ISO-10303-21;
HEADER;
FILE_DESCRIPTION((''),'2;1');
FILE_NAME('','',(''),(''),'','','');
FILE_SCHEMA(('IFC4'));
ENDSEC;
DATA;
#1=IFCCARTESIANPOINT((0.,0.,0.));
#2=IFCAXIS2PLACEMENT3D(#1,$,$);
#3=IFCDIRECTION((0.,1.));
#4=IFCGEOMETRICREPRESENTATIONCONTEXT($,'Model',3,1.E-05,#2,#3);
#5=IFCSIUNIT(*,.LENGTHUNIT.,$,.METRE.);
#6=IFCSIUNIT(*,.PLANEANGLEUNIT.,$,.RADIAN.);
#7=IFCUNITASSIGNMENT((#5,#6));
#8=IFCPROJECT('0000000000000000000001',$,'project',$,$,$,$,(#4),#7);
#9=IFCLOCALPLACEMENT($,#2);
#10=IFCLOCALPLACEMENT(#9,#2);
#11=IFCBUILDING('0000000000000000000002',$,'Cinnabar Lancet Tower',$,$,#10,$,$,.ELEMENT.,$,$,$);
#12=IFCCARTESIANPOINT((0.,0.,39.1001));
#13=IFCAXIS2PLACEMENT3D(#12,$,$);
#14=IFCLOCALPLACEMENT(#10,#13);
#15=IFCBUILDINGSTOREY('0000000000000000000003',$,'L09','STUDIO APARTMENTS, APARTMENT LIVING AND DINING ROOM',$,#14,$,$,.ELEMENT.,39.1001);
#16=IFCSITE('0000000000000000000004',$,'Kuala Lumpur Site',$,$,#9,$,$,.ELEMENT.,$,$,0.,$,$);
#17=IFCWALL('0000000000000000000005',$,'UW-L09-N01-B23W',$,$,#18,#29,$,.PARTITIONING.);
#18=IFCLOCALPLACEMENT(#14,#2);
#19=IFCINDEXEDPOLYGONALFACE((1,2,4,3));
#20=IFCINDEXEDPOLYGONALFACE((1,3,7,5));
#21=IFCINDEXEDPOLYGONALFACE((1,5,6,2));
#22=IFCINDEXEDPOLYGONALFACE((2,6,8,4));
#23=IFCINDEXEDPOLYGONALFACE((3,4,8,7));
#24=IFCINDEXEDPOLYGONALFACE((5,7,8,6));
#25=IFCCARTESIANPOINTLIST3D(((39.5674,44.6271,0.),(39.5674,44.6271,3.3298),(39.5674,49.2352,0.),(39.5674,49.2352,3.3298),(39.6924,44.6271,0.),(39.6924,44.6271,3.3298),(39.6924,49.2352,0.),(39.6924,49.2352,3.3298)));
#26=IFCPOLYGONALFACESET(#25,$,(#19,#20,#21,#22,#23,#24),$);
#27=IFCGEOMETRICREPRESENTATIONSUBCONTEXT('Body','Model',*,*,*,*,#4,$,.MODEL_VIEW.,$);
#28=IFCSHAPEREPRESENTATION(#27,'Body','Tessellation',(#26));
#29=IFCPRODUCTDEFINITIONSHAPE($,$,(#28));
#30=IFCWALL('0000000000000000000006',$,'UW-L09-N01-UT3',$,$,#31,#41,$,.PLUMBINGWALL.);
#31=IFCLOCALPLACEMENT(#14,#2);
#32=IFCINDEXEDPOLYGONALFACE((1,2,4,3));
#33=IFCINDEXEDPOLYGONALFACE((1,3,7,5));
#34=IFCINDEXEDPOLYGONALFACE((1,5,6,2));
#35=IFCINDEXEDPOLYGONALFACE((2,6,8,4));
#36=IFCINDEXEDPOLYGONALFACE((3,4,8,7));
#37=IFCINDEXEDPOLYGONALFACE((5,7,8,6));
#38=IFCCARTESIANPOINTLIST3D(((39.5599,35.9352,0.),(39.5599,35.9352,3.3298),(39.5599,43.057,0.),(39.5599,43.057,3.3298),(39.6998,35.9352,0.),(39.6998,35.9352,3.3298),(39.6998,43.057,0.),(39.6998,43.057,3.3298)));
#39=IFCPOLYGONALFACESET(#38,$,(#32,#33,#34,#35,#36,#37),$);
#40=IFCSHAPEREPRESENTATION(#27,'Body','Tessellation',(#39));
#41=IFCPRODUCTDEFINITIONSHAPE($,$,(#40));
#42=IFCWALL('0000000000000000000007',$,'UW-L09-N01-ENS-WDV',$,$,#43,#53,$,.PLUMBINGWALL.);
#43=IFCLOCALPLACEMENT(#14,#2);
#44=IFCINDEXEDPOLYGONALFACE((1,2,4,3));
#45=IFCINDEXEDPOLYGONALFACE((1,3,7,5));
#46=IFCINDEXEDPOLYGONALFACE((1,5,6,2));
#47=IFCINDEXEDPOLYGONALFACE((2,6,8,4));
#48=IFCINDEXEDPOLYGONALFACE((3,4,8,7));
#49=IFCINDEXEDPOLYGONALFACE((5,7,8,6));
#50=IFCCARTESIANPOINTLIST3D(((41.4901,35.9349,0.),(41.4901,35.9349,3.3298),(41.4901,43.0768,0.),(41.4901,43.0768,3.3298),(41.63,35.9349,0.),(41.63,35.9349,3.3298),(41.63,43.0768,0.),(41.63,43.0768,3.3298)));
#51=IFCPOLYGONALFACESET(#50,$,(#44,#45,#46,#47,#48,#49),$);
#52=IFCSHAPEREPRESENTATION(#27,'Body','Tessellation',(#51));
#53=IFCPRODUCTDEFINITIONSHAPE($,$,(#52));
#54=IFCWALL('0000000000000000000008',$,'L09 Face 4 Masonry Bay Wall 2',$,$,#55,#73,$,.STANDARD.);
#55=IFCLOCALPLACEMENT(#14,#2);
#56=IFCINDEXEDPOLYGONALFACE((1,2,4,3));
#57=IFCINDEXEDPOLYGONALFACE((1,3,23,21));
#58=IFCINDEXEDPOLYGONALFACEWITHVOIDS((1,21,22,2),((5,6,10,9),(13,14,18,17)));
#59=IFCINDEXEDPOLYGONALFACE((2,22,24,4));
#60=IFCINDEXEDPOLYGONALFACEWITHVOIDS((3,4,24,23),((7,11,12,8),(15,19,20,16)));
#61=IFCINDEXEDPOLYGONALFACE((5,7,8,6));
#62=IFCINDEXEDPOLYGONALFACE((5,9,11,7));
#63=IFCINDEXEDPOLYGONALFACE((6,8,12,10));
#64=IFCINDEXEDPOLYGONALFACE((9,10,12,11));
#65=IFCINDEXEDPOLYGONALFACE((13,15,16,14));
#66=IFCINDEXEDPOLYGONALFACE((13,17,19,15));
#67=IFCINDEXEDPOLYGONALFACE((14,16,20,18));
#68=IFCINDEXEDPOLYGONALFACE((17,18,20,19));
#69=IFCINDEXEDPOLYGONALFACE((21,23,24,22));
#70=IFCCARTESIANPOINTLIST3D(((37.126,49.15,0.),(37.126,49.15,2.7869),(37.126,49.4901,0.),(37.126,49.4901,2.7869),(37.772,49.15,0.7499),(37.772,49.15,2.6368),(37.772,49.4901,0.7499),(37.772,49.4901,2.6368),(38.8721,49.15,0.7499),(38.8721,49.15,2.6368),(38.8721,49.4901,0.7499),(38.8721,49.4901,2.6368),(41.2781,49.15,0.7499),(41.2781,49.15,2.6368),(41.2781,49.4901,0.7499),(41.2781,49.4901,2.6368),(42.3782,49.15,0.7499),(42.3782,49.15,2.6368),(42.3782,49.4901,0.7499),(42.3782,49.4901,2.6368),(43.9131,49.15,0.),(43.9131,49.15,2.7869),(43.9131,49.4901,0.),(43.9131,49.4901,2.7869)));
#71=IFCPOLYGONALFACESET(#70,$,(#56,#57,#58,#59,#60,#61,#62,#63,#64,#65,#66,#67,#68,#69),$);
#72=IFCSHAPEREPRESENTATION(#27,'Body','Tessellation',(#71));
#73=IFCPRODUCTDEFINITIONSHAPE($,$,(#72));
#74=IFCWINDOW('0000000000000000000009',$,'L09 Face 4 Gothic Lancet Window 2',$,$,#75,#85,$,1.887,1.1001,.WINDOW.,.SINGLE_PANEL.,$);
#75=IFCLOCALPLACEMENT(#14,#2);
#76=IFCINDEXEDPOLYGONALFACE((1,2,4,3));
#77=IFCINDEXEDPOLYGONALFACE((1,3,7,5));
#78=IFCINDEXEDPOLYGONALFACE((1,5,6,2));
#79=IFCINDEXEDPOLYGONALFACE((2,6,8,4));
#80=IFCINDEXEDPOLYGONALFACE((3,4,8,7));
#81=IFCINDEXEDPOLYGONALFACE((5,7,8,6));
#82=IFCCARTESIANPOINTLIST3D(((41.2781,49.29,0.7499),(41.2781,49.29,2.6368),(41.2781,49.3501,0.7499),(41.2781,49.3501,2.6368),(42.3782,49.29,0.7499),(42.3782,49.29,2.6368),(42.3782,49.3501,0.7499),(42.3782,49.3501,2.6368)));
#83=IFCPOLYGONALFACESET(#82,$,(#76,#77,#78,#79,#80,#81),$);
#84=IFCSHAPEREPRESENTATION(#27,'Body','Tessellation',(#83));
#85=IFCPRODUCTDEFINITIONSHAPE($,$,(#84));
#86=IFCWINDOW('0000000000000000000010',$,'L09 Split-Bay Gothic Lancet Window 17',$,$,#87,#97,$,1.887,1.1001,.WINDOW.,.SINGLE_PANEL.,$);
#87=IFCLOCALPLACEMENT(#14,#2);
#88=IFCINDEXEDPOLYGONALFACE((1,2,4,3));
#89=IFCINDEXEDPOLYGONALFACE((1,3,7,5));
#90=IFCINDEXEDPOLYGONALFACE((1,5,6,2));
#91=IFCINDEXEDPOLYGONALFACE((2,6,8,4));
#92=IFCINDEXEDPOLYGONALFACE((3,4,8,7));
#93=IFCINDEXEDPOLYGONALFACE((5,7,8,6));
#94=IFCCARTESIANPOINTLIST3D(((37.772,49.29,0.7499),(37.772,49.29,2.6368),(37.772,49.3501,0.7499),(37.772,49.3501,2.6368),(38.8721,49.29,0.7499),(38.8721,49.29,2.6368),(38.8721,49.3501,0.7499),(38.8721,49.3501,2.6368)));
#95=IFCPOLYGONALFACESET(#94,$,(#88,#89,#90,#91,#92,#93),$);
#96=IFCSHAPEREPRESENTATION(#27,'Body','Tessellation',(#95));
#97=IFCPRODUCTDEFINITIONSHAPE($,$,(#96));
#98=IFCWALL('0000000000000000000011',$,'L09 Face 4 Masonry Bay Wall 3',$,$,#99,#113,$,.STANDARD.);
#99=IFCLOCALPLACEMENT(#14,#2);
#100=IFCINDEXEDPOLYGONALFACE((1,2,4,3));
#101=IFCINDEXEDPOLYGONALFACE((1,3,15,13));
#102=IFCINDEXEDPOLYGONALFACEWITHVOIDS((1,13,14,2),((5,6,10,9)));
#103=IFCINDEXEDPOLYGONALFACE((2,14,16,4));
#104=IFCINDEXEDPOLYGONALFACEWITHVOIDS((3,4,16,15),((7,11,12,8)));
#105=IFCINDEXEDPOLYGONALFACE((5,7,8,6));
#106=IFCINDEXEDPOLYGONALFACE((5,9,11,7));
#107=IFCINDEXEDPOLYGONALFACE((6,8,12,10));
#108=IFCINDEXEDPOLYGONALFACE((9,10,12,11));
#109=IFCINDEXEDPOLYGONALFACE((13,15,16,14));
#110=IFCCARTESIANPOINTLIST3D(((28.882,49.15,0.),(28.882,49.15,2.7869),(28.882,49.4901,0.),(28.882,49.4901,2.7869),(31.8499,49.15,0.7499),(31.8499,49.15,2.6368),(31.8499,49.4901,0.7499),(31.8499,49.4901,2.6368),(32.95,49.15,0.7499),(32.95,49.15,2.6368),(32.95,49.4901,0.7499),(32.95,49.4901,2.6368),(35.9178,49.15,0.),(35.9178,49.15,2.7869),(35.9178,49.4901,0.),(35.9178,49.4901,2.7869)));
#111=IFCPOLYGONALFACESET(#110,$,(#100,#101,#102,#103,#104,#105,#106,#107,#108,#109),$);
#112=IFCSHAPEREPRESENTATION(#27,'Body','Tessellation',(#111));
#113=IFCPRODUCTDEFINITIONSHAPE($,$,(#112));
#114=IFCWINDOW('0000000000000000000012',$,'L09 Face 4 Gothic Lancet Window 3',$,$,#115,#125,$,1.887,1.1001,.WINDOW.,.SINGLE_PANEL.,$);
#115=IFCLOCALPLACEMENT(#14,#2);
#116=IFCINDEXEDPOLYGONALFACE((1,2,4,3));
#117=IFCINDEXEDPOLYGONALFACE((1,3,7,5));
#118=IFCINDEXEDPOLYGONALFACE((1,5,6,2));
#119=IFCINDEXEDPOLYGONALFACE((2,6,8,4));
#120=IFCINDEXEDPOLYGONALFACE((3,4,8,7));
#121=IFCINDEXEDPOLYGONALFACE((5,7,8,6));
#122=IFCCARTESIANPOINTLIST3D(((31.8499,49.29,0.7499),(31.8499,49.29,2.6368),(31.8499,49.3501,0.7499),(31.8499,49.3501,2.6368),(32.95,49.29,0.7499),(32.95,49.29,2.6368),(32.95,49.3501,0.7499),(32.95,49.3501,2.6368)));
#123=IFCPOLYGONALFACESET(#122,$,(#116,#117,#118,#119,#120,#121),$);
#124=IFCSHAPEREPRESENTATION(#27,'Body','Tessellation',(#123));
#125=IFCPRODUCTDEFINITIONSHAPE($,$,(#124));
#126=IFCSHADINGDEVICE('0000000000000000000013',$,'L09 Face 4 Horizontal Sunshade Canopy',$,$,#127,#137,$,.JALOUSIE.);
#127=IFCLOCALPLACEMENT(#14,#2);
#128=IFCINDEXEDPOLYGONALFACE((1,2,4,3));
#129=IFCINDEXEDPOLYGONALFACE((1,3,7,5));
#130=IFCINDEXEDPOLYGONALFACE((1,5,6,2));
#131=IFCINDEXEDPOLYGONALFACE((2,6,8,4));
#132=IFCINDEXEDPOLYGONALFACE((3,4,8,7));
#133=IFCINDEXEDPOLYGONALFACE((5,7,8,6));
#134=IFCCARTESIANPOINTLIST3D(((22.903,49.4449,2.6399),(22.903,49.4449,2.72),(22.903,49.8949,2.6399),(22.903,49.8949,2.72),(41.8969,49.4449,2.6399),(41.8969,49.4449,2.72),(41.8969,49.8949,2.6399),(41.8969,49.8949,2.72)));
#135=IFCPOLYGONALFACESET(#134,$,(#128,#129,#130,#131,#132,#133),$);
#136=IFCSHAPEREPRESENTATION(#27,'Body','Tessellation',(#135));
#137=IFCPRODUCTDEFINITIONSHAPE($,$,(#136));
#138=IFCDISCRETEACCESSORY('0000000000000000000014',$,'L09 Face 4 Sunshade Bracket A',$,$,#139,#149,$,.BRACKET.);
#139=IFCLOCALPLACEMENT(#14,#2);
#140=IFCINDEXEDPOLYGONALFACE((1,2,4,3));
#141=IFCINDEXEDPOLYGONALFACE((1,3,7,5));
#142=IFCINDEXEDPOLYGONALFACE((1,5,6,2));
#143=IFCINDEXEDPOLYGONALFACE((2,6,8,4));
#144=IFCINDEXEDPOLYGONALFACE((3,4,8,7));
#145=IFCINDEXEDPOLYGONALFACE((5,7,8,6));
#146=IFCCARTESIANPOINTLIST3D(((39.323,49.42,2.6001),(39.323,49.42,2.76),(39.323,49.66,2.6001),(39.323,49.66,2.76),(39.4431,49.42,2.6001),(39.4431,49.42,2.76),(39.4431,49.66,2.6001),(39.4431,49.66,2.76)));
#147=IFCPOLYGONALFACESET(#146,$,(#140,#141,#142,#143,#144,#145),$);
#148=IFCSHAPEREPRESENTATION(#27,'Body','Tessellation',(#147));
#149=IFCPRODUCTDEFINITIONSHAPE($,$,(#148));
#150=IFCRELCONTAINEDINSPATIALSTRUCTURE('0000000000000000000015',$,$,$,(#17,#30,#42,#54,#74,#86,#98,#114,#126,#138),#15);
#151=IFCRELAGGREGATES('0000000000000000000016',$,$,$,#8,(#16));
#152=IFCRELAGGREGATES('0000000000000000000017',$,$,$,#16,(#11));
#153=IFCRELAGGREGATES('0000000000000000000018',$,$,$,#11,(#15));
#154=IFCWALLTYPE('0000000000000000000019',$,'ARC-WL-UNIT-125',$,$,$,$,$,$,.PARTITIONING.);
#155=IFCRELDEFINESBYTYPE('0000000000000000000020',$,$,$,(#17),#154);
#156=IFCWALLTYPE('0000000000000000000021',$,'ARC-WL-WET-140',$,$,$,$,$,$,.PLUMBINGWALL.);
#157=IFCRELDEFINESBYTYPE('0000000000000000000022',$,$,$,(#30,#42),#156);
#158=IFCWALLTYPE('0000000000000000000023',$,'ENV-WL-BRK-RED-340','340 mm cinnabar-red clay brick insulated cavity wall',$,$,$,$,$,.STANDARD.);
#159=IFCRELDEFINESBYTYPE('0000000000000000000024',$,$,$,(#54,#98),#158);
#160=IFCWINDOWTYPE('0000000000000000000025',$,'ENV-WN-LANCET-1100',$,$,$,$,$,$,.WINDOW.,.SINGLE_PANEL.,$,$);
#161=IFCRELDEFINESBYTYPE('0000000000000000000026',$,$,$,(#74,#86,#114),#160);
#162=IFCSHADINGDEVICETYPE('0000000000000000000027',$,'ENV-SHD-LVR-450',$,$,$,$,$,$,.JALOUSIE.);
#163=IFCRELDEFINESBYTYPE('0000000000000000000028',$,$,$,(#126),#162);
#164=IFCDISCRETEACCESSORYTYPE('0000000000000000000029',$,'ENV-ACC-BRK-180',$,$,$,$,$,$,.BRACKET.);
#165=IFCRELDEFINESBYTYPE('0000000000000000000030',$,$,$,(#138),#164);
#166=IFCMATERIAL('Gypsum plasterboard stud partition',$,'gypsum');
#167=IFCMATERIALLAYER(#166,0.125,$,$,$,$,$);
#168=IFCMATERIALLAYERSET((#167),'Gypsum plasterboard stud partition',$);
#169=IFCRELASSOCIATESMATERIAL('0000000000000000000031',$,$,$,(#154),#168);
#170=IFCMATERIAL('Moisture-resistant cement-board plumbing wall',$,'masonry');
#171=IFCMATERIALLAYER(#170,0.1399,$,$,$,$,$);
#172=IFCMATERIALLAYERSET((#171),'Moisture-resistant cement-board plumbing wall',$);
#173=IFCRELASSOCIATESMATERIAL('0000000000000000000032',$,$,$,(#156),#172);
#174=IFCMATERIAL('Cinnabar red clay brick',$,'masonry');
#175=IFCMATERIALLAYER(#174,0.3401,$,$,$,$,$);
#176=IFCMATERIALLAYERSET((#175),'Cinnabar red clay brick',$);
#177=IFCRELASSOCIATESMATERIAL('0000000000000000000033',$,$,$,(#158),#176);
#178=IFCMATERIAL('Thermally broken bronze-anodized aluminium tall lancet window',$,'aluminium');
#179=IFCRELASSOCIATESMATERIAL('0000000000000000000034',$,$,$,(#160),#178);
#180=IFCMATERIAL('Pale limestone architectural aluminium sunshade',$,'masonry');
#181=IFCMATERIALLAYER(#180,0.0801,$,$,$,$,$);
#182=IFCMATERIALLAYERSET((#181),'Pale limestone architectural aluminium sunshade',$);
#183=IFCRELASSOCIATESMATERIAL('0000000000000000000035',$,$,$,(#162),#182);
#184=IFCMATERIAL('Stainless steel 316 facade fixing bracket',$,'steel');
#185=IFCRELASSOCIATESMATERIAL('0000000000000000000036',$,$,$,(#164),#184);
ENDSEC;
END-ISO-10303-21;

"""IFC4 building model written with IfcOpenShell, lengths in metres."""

from ifc_helpers import new_model, si_unit, direction, frame, frame_2d, origin, origin_2d, place, context, subcontext, project, spatial, rectangle, extrude, material, layer, layer_set, type_object, element, fill, save


model = new_model("IFC4")

# Units and contexts
model_context = context("Model", 3, precision=1e-05, world=origin(), true_north=direction((0.0, 1.0)))
body_context = subcontext(model_context, "Body", "Model", "MODEL_VIEW")
ifc_project = project(units=[si_unit("LENGTHUNIT", "METRE"), si_unit("PLANEANGLEUNIT", "RADIAN")], contexts=[model_context])

# Site, building, storey
site_placement = place(None, origin())
site = spatial("IfcSite", under=ifc_project, at=site_placement, Name="Kuala Lumpur Site", CompositionType="ELEMENT", RefElevation=0.0)
building_placement = place(site_placement, origin())
building = spatial("IfcBuilding", under=site, at=building_placement, Name="Cinnabar Lancet Tower", CompositionType="ELEMENT")
storey_placement = place(building_placement, frame((0.0, 0.0, 39.1001)))
storey = spatial("IfcBuildingStorey", under=building, at=storey_placement, Name="L09", Description="STUDIO APARTMENTS, APARTMENT LIVING AND DINING ROOM", CompositionType="ELEMENT", Elevation=39.1001)

# Shared definitions
ifc_material_1 = material(Name="Gypsum plasterboard stud partition", Category="gypsum")
ifc_layer_1 = layer(ifc_material_1, 0.125)
ifc_layer_set_1 = layer_set([ifc_layer_1], Name="Gypsum plasterboard stud partition")
wall_type_1 = type_object("IfcWallType", Name="ARC-WL-UNIT-125", PredefinedType="PARTITIONING", material=ifc_layer_set_1)

# Walls
for number, where, z_axis, x_axis, name in (
    (1, (39.6299, 44.627, 0.0), (0.0, 0.0, 1.0), (0.0, 1.0, 0.0), "UW-L09-N01-B23W"),
):
    element("IfcWall", number, at=place(storey_placement, frame(where, z_axis=z_axis, x_axis=x_axis)), inside=storey, type_object=wall_type_1, Name=name, PredefinedType="PARTITIONING", context=body_context, shape_type="SweptSolid", body=[
        extrude(rectangle(XDim=4.6082, YDim=0.125, at=frame_2d((2.3042, 0.0))), origin(), (0.0, 0.0, 1.0), 3.3298),
    ])
ifc_material_2 = material(Name="Moisture-resistant cement-board plumbing wall", Category="masonry")
ifc_layer_2 = layer(ifc_material_2, 0.1399)
ifc_layer_set_2 = layer_set([ifc_layer_2], Name="Moisture-resistant cement-board plumbing wall")
wall_type_2 = type_object("IfcWallType", Name="ARC-WL-WET-140", PredefinedType="PLUMBINGWALL", material=ifc_layer_set_2)
wall_1_placement = place(storey_placement, frame((39.6299, 35.9351, 0.0), z_axis=(0.0, 0.0, 1.0), x_axis=(0.0, 1.0, 0.0)))
element("IfcWall", 2, at=wall_1_placement, inside=storey, type_object=wall_type_2, Name="UW-L09-N01-UT3", PredefinedType="PLUMBINGWALL", context=body_context, shape_type="SweptSolid", body=[
    extrude(rectangle(XDim=7.1218, YDim=0.1399, at=frame_2d((3.561, 0.0))), origin(), (0.0, 0.0, 1.0), 3.3298),
])
wall_2_placement = place(storey_placement, frame((41.5601, 35.9351, 0.0), z_axis=(0.0, 0.0, 1.0), x_axis=(0.0, 1.0, 0.0)))
element("IfcWall", 3, at=wall_2_placement, inside=storey, type_object=wall_type_2, Name="UW-L09-N01-ENS-WDV", PredefinedType="PLUMBINGWALL", context=body_context, shape_type="SweptSolid", body=[
    extrude(rectangle(XDim=7.1418, YDim=0.1399, at=frame_2d((3.5708, 0.0))), origin(), (0.0, 0.0, 1.0), 3.3298),
])

# Wall, openings, windows
ifc_material_3 = material(Name="Cinnabar red clay brick", Category="masonry")
ifc_layer_3 = layer(ifc_material_3, 0.3401)
ifc_layer_set_3 = layer_set([ifc_layer_3], Name="Cinnabar red clay brick")
wall_type_3 = type_object("IfcWallType", Name="ENV-WL-BRK-RED-340", Description="340 mm cinnabar-red clay brick insulated cavity wall", PredefinedType="STANDARD", material=ifc_layer_set_3)
wall_3_placement = place(storey_placement, frame((43.9131, 49.3201, 0.0), z_axis=(0.0, 0.0, 1.0), x_axis=(-1.0, 0.0, 0.0)))
wall_3 = element("IfcWall", 4, at=wall_3_placement, inside=storey, type_object=wall_type_3, Name="L09 Face 4 Masonry Bay Wall 2", PredefinedType="STANDARD", context=body_context, shape_type="SweptSolid", body=[
    extrude(rectangle(XDim=6.7871, YDim=0.3401, at=frame_2d((3.3936, 0.0))), origin(), (0.0, 0.0, 1.0), 2.7869),
])
opening_1_placement = place(wall_3_placement, frame((1.5349, 0.0, 0.75)))
opening_1 = element("IfcOpeningElement", 5, at=opening_1_placement, cuts=wall_3, PredefinedType="OPENING", context=body_context, shape_type="SweptSolid", body=[
    extrude(rectangle(XDim=1.1001, YDim=1.887, at=frame_2d((0.55, 0.9434))), frame((0.0, 0.1799, 0.0), z_axis=(0.0, -1.0, 0.0), x_axis=(1.0, 0.0, 0.0)), (0.0, 0.0, 1.0), 0.3601),
])
opening_2_placement = place(wall_3_placement, frame((5.041, 0.0, 0.75)))
opening_2 = element("IfcOpeningElement", 6, at=opening_2_placement, cuts=wall_3, PredefinedType="OPENING", context=body_context, shape_type="SweptSolid", body=[
    extrude(rectangle(XDim=1.1001, YDim=1.887, at=frame_2d((0.55, 0.9434))), frame((0.0, 0.1799, 0.0), z_axis=(0.0, -1.0, 0.0), x_axis=(1.0, 0.0, 0.0)), (0.0, 0.0, 1.0), 0.3601),
])
ifc_material_4 = material(Name="Thermally broken bronze-anodized aluminium tall lancet window", Category="aluminium")
window_type = type_object("IfcWindowType", Name="ENV-WN-LANCET-1100", PartitioningType="SINGLE_PANEL", PredefinedType="WINDOW", material=ifc_material_4)
window_1_placement = place(opening_1_placement, origin())
window_1 = element("IfcWindow", 7, at=window_1_placement, inside=storey, type_object=window_type, Name="L09 Face 4 Gothic Lancet Window 2", OverallHeight=1.887, OverallWidth=1.1001, PartitioningType="SINGLE_PANEL", PredefinedType="WINDOW", context=body_context, shape_type="SweptSolid", body=[
    extrude(rectangle(XDim=1.1001, YDim=1.887, at=frame_2d((0.55, 0.9434))), frame((0.0, 0.03, 0.0), z_axis=(0.0, -1.0, 0.0), x_axis=(1.0, 0.0, 0.0)), (0.0, 0.0, 1.0), 0.0601),
])
fill(opening_1, window_1)
window_2_placement = place(opening_2_placement, origin())
window_2 = element("IfcWindow", 8, at=window_2_placement, inside=storey, type_object=window_type, Name="L09 Split-Bay Gothic Lancet Window 17", OverallHeight=1.887, OverallWidth=1.1001, PartitioningType="SINGLE_PANEL", PredefinedType="WINDOW", context=body_context, shape_type="SweptSolid", body=[
    extrude(rectangle(XDim=1.1001, YDim=1.887, at=frame_2d((0.55, 0.9434))), frame((0.0, 0.03, 0.0), z_axis=(0.0, -1.0, 0.0), x_axis=(1.0, 0.0, 0.0)), (0.0, 0.0, 1.0), 0.0601),
])
fill(opening_2, window_2)

# Wall, opening, window
wall_4_placement = place(storey_placement, frame((35.918, 49.3201, 0.0), z_axis=(0.0, 0.0, 1.0), x_axis=(-1.0, 0.0, 0.0)))
wall_4 = element("IfcWall", 9, at=wall_4_placement, inside=storey, type_object=wall_type_3, Name="L09 Face 4 Masonry Bay Wall 3", PredefinedType="STANDARD", context=body_context, shape_type="SweptSolid", body=[
    extrude(rectangle(XDim=7.0359, YDim=0.3401, at=frame_2d((3.5181, 0.0))), origin(), (0.0, 0.0, 1.0), 2.7869),
])
opening_3_placement = place(wall_4_placement, frame((2.968, 0.0, 0.75)))
opening_3 = element("IfcOpeningElement", 10, at=opening_3_placement, cuts=wall_4, PredefinedType="OPENING", context=body_context, shape_type="SweptSolid", body=[
    extrude(rectangle(XDim=1.1001, YDim=1.887, at=frame_2d((0.55, 0.9434))), frame((0.0, 0.1799, 0.0), z_axis=(0.0, -1.0, 0.0), x_axis=(1.0, 0.0, 0.0)), (0.0, 0.0, 1.0), 0.3601),
])
window_3_placement = place(opening_3_placement, origin())
window_3 = element("IfcWindow", 11, at=window_3_placement, inside=storey, type_object=window_type, Name="L09 Face 4 Gothic Lancet Window 3", OverallHeight=1.887, OverallWidth=1.1001, PartitioningType="SINGLE_PANEL", PredefinedType="WINDOW", context=body_context, shape_type="SweptSolid", body=[
    extrude(rectangle(XDim=1.1001, YDim=1.887, at=frame_2d((0.55, 0.9434))), frame((0.0, 0.03, 0.0), z_axis=(0.0, -1.0, 0.0), x_axis=(1.0, 0.0, 0.0)), (0.0, 0.0, 1.0), 0.0601),
])
fill(opening_3, window_3)

# Shading device
ifc_material_5 = material(Name="Pale limestone architectural aluminium sunshade", Category="masonry")
ifc_layer_4 = layer(ifc_material_5, 0.0801)
ifc_layer_set_4 = layer_set([ifc_layer_4], Name="Pale limestone architectural aluminium sunshade")
shading_device_type = type_object("IfcShadingDeviceType", Name="ENV-SHD-LVR-450", PredefinedType="JALOUSIE", material=ifc_layer_set_4)
shading_device_placement = place(storey_placement, frame((32.3999, 49.6699, 2.6399), z_axis=(0.0, 0.0, 1.0), x_axis=(-1.0, 0.0, 0.0)))
element("IfcShadingDevice", 12, at=shading_device_placement, inside=storey, type_object=shading_device_type, Name="L09 Face 4 Horizontal Sunshade Canopy", PredefinedType="JALOUSIE", context=body_context, shape_type="SweptSolid", body=[
    extrude(rectangle(XDim=18.9939, YDim=0.45, at=origin_2d()), origin(), (0.0, 0.0, 1.0), 0.0801),
])

# Discrete accessory
ifc_material_6 = material(Name="Stainless steel 316 facade fixing bracket", Category="steel")
discrete_accessory_type = type_object("IfcDiscreteAccessoryType", Name="ENV-ACC-BRK-180", PredefinedType="BRACKET", material=ifc_material_6)
discrete_accessory_placement = place(storey_placement, frame((39.3831, 49.54, 2.6001), z_axis=(0.0, 0.0, 1.0), x_axis=(-1.0, 0.0, 0.0)))
element("IfcDiscreteAccessory", 13, at=discrete_accessory_placement, inside=storey, type_object=discrete_accessory_type, Name="L09 Face 4 Sunshade Bracket A", PredefinedType="BRACKET", context=body_context, shape_type="SweptSolid", body=[
    extrude(rectangle(XDim=0.1201, YDim=0.24, at=origin_2d()), origin(), (0.0, 0.0, 1.0), 0.1599),
])

save(model, "model.ifc")
